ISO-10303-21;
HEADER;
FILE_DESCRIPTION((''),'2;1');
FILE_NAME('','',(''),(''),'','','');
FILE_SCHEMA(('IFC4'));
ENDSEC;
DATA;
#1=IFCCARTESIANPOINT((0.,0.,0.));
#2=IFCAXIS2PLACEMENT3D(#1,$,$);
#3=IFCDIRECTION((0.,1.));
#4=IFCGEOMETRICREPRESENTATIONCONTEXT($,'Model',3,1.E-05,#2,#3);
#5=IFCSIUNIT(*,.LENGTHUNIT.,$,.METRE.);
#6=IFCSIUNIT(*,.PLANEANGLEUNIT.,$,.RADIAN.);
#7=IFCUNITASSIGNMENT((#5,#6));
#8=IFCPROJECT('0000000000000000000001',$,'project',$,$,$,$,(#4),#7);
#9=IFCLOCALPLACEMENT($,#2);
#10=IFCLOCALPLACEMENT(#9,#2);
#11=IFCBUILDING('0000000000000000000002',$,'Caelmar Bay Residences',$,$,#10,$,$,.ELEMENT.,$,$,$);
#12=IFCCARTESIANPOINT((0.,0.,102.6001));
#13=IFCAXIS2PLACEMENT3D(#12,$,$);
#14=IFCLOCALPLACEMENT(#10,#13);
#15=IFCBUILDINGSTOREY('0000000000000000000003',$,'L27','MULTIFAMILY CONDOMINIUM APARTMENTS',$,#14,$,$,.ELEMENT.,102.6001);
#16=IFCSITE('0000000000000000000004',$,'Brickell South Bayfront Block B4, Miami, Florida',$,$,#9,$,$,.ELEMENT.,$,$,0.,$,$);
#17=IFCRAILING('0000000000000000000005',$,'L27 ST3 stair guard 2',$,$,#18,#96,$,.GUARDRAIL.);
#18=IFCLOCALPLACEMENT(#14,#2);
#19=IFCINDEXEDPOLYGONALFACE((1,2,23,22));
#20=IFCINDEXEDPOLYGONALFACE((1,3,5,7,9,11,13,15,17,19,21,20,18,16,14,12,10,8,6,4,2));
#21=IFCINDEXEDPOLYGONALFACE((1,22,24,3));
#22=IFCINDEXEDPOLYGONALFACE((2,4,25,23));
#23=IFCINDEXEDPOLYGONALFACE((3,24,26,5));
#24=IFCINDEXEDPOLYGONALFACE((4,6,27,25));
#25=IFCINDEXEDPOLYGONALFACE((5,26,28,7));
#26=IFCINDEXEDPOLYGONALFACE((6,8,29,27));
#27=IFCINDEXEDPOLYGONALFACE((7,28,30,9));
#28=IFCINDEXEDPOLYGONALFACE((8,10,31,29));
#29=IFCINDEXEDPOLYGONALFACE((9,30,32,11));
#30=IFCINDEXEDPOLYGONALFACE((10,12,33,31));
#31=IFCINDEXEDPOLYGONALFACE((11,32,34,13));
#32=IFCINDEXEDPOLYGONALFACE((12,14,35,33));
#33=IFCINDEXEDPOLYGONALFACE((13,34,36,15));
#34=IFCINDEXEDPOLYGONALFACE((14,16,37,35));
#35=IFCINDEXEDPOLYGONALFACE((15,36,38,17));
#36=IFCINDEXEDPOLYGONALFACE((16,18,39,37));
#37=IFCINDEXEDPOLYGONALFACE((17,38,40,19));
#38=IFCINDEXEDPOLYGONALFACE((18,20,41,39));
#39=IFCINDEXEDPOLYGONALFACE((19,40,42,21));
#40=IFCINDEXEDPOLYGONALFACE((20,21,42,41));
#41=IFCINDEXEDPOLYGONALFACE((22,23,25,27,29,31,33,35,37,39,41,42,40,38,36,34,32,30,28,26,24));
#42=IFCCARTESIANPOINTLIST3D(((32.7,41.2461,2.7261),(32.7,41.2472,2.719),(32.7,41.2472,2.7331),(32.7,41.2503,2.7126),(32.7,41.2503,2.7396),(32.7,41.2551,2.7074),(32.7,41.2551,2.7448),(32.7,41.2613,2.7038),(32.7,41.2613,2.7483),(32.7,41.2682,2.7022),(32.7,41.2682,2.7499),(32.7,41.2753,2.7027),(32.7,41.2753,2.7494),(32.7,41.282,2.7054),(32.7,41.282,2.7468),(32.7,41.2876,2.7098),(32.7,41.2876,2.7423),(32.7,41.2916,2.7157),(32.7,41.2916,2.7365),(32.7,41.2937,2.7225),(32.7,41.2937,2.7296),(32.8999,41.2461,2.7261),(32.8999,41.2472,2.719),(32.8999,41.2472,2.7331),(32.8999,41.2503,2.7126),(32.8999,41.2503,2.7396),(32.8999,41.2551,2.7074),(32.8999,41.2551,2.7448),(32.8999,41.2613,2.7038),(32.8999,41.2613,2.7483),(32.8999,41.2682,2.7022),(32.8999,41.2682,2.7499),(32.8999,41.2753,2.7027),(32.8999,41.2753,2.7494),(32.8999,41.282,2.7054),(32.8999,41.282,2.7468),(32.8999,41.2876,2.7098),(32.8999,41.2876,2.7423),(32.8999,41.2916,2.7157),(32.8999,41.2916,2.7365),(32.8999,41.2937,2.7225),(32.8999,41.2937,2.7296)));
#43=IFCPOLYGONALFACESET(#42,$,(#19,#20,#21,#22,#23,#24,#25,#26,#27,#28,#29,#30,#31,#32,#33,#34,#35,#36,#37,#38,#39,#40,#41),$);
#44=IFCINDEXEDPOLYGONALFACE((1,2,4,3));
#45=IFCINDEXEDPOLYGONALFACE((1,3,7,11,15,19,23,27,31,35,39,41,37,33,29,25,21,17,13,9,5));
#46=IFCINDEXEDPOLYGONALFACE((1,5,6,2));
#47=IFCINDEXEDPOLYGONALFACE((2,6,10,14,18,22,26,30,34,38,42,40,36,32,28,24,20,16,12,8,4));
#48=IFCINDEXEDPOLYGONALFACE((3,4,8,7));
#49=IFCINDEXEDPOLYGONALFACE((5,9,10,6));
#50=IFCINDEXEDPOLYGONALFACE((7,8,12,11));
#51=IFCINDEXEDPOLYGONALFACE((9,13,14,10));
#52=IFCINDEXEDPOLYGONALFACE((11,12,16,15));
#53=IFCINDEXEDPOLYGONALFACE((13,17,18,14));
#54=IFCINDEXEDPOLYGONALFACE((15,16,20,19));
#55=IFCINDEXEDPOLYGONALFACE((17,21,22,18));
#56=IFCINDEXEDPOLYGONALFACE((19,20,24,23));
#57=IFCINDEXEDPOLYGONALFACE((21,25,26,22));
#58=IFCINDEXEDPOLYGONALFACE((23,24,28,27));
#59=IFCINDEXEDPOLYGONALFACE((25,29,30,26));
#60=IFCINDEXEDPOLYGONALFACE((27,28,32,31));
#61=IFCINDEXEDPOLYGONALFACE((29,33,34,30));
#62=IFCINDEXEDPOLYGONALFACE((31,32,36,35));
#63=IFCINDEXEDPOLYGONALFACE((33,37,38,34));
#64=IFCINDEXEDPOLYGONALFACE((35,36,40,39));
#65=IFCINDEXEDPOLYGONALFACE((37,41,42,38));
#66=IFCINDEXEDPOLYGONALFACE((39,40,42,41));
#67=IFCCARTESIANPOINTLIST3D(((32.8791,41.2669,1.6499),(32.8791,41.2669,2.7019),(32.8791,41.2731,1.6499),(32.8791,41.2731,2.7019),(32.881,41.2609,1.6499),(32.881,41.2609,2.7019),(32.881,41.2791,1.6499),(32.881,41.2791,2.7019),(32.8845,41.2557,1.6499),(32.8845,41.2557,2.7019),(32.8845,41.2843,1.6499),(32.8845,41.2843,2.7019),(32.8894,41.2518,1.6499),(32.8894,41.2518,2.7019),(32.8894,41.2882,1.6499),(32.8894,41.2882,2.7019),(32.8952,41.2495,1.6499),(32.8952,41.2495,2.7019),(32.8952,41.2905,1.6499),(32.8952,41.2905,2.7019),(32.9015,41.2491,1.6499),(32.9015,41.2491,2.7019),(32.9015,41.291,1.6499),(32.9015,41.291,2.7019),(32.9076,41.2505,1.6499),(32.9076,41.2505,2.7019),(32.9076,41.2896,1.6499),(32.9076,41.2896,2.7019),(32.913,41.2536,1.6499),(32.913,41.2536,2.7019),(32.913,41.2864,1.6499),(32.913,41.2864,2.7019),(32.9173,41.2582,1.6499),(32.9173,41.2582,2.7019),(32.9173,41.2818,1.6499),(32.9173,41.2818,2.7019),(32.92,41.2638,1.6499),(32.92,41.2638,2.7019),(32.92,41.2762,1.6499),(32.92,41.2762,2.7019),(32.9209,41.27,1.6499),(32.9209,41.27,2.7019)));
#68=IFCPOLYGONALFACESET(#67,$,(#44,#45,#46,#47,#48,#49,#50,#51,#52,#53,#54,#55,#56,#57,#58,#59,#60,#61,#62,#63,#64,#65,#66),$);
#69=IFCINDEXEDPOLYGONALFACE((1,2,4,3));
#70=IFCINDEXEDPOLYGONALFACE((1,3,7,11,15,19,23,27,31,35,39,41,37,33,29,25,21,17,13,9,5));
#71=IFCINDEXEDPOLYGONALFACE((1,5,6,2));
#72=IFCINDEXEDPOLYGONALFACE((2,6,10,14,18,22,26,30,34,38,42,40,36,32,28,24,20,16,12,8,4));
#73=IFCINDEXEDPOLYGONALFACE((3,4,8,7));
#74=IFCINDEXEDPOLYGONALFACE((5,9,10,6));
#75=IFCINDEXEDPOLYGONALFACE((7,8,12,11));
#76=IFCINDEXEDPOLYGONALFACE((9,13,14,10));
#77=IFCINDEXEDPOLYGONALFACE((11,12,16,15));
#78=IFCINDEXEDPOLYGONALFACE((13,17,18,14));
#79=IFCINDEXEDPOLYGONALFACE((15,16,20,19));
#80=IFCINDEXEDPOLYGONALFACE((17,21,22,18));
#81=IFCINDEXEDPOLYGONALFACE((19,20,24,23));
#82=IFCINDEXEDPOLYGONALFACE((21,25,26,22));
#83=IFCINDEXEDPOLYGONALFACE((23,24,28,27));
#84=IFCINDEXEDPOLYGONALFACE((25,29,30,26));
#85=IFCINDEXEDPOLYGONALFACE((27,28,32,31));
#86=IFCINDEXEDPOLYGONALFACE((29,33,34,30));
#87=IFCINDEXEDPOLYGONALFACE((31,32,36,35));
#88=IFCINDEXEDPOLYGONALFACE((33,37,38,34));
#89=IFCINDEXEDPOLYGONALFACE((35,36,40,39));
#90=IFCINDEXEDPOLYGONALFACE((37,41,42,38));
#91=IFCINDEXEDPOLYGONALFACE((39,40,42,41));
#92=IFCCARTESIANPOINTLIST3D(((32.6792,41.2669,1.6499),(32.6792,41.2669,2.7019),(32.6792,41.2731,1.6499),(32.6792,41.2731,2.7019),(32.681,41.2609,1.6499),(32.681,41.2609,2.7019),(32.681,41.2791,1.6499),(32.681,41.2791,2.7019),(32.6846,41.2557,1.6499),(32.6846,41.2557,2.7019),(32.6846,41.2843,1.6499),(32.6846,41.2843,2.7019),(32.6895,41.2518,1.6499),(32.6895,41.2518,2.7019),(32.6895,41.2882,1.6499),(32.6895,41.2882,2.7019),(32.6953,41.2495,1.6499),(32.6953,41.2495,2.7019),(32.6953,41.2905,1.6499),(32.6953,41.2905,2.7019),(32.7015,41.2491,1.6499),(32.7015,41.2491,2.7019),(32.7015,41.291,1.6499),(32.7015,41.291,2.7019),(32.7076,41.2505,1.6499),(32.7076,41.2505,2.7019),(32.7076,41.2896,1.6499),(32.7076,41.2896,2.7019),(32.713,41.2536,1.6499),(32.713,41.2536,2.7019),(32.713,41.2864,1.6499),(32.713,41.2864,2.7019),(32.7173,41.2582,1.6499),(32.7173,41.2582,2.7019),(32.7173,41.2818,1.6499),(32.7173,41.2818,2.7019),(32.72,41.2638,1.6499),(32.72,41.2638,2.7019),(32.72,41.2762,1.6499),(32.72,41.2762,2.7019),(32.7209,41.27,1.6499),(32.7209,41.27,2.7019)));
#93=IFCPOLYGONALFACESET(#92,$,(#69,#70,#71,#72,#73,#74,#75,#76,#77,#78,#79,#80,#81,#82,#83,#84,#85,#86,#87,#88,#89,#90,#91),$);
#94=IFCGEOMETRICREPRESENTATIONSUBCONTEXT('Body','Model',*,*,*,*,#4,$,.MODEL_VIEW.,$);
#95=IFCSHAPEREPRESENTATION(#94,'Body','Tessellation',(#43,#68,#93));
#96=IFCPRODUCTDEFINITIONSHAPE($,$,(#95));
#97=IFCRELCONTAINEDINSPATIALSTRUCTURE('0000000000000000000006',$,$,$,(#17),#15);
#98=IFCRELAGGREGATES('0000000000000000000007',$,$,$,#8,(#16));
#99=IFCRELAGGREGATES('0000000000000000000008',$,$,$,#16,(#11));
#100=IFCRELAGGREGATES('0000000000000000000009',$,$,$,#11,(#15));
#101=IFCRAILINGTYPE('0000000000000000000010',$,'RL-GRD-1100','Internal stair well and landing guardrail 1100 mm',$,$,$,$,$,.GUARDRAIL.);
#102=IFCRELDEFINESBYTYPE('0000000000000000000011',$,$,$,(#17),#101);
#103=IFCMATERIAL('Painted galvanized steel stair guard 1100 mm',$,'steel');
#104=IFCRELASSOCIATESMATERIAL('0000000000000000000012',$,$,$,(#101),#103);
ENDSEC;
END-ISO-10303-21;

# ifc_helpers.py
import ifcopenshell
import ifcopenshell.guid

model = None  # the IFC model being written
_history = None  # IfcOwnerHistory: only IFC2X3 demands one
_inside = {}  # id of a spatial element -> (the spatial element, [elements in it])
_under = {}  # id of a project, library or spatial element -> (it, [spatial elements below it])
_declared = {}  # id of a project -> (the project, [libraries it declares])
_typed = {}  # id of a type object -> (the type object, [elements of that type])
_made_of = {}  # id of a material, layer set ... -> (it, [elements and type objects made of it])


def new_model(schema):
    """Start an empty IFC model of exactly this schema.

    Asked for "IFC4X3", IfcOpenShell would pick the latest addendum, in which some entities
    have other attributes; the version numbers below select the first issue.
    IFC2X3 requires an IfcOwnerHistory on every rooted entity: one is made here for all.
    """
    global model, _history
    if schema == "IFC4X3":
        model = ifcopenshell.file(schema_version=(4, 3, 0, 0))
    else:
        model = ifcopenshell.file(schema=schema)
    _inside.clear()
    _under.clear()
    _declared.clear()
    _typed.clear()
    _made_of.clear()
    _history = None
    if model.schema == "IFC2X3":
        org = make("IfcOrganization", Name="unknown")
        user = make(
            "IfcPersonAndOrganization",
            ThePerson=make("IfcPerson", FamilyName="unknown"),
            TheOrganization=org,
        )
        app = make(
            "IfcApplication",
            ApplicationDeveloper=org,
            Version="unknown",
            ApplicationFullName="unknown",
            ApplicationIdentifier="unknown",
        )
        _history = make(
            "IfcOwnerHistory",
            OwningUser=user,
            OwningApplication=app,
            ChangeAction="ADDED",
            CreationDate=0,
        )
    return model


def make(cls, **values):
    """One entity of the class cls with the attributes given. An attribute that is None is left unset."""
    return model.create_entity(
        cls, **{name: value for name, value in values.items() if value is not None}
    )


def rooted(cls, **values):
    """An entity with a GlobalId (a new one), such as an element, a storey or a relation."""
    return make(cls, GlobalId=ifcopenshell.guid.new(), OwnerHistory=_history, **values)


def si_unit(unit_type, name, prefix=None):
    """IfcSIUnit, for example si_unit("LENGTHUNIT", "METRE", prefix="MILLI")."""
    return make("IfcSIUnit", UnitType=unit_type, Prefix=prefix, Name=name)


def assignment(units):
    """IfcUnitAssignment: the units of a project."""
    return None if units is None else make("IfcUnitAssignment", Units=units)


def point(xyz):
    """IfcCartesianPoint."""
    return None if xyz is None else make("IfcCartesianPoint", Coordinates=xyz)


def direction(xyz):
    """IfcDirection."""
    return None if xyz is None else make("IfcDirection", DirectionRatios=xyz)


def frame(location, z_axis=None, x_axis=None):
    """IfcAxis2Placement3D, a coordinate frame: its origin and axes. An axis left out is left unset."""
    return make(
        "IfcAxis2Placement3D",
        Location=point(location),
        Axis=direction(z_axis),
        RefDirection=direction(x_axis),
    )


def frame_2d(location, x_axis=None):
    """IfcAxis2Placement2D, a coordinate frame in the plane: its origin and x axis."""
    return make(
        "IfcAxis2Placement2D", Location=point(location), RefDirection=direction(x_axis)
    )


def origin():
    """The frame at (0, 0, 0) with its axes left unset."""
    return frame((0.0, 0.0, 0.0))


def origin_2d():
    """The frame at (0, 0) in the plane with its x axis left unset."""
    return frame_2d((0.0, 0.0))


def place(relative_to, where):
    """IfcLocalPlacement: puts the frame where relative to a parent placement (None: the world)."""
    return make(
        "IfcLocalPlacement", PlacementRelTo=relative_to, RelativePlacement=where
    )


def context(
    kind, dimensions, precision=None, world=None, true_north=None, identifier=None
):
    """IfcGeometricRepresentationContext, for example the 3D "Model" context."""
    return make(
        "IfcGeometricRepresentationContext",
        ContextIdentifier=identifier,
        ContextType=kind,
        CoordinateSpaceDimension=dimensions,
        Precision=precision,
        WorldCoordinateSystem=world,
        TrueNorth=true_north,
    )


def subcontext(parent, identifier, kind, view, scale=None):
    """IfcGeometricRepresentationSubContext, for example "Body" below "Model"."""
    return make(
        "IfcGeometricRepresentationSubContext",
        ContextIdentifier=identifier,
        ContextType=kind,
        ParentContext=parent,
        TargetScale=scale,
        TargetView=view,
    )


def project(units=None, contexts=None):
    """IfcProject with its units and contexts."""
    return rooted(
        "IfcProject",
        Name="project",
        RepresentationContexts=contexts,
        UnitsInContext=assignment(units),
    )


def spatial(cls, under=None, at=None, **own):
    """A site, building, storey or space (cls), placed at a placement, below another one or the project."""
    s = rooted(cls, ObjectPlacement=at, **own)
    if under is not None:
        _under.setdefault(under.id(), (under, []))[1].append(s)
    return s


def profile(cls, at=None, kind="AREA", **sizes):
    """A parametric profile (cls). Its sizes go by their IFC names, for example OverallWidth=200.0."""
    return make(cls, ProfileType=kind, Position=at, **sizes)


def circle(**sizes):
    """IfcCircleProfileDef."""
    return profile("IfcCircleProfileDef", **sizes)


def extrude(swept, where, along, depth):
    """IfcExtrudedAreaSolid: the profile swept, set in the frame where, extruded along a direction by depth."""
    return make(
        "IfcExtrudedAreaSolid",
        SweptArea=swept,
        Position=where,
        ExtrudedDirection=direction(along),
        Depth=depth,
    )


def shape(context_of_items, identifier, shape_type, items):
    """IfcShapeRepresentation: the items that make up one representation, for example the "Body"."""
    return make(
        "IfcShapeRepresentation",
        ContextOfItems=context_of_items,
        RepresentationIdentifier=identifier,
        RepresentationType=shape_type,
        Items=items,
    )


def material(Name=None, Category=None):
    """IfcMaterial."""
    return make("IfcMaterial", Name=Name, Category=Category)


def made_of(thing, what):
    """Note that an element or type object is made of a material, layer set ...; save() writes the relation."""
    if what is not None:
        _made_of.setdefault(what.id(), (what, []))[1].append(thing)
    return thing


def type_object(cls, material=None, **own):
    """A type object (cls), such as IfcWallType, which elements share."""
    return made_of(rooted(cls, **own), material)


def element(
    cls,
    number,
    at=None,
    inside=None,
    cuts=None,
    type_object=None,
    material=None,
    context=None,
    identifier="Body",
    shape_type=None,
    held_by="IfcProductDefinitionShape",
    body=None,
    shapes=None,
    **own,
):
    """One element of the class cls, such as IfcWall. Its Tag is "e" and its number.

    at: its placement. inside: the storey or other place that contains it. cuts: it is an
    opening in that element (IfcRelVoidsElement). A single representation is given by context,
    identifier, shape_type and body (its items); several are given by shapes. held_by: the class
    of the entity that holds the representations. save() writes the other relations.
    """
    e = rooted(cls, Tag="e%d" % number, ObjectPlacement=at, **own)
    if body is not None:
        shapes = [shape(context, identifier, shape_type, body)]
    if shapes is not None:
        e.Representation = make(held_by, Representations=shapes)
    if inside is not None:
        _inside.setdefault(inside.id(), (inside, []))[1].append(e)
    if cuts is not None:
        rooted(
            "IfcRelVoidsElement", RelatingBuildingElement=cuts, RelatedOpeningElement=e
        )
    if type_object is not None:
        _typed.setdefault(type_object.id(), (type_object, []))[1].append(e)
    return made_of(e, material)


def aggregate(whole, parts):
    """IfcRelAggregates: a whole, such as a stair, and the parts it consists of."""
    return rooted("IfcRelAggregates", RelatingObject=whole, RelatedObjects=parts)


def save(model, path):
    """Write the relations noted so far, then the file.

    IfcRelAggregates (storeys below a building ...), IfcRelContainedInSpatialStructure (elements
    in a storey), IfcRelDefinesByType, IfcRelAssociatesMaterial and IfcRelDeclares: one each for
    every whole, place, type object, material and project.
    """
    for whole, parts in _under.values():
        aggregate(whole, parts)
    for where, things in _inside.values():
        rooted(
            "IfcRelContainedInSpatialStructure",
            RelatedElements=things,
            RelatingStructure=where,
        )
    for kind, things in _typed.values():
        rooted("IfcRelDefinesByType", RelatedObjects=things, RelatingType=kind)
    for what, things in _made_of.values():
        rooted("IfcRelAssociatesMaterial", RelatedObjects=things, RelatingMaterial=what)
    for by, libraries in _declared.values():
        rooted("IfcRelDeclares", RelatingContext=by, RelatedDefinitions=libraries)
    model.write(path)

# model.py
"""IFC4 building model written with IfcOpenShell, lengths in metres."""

from ifc_helpers import new_model, si_unit, direction, frame, origin, origin_2d, place, context, subcontext, project, spatial, circle, extrude, material, type_object, element, save


model = new_model("IFC4")

# Units and contexts
model_context = context("Model", 3, precision=1e-05, world=origin(), true_north=direction((0.0, 1.0)))
body_context = subcontext(model_context, "Body", "Model", "MODEL_VIEW")
ifc_project = project(units=[si_unit("LENGTHUNIT", "METRE"), si_unit("PLANEANGLEUNIT", "RADIAN")], contexts=[model_context])

# Site, building, storey
site_placement = place(None, origin())
site = spatial("IfcSite", under=ifc_project, at=site_placement, Name="Brickell South Bayfront Block B4, Miami, Florida", CompositionType="ELEMENT", RefElevation=0.0)
building_placement = place(site_placement, origin())
building = spatial("IfcBuilding", under=site, at=building_placement, Name="Caelmar Bay Residences", CompositionType="ELEMENT")
storey_placement = place(building_placement, frame((0.0, 0.0, 102.6001)))
storey = spatial("IfcBuildingStorey", under=building, at=storey_placement, Name="L27", Description="MULTIFAMILY CONDOMINIUM APARTMENTS", CompositionType="ELEMENT", Elevation=102.6001)

# Railing
ifc_material_1 = material(Name="Painted galvanized steel stair guard 1100 mm", Category="steel")
railing_type_1 = type_object("IfcRailingType", Name="RL-GRD-1100", Description="Internal stair well and landing guardrail 1100 mm", PredefinedType="GUARDRAIL", material=ifc_material_1)
railing_1_placement = place(storey_placement, frame((32.8999, 41.27, 1.6499)))
element("IfcRailing", 1, at=railing_1_placement, inside=storey, type_object=railing_type_1, Name="L27 ST3 stair guard 2", PredefinedType="GUARDRAIL", context=body_context, shape_type="SweptSolid", body=[
    extrude(circle(Radius=0.0239, at=origin_2d()), frame((0.0, 0.0, 1.0762), z_axis=(-1.0, 0.0, 0.0), x_axis=(0.0, -1.0, 0.0)), (0.0, 0.0, 1.0), 0.2),
    extrude(circle(Radius=0.021, at=origin_2d()), origin(), (0.0, 0.0, 1.0), 1.052),
    extrude(circle(Radius=0.021, at=origin_2d()), frame((-0.2, 0.0, 0.0)), (0.0, 0.0, 1.0), 1.052),
])

save(model, "model.ifc")
